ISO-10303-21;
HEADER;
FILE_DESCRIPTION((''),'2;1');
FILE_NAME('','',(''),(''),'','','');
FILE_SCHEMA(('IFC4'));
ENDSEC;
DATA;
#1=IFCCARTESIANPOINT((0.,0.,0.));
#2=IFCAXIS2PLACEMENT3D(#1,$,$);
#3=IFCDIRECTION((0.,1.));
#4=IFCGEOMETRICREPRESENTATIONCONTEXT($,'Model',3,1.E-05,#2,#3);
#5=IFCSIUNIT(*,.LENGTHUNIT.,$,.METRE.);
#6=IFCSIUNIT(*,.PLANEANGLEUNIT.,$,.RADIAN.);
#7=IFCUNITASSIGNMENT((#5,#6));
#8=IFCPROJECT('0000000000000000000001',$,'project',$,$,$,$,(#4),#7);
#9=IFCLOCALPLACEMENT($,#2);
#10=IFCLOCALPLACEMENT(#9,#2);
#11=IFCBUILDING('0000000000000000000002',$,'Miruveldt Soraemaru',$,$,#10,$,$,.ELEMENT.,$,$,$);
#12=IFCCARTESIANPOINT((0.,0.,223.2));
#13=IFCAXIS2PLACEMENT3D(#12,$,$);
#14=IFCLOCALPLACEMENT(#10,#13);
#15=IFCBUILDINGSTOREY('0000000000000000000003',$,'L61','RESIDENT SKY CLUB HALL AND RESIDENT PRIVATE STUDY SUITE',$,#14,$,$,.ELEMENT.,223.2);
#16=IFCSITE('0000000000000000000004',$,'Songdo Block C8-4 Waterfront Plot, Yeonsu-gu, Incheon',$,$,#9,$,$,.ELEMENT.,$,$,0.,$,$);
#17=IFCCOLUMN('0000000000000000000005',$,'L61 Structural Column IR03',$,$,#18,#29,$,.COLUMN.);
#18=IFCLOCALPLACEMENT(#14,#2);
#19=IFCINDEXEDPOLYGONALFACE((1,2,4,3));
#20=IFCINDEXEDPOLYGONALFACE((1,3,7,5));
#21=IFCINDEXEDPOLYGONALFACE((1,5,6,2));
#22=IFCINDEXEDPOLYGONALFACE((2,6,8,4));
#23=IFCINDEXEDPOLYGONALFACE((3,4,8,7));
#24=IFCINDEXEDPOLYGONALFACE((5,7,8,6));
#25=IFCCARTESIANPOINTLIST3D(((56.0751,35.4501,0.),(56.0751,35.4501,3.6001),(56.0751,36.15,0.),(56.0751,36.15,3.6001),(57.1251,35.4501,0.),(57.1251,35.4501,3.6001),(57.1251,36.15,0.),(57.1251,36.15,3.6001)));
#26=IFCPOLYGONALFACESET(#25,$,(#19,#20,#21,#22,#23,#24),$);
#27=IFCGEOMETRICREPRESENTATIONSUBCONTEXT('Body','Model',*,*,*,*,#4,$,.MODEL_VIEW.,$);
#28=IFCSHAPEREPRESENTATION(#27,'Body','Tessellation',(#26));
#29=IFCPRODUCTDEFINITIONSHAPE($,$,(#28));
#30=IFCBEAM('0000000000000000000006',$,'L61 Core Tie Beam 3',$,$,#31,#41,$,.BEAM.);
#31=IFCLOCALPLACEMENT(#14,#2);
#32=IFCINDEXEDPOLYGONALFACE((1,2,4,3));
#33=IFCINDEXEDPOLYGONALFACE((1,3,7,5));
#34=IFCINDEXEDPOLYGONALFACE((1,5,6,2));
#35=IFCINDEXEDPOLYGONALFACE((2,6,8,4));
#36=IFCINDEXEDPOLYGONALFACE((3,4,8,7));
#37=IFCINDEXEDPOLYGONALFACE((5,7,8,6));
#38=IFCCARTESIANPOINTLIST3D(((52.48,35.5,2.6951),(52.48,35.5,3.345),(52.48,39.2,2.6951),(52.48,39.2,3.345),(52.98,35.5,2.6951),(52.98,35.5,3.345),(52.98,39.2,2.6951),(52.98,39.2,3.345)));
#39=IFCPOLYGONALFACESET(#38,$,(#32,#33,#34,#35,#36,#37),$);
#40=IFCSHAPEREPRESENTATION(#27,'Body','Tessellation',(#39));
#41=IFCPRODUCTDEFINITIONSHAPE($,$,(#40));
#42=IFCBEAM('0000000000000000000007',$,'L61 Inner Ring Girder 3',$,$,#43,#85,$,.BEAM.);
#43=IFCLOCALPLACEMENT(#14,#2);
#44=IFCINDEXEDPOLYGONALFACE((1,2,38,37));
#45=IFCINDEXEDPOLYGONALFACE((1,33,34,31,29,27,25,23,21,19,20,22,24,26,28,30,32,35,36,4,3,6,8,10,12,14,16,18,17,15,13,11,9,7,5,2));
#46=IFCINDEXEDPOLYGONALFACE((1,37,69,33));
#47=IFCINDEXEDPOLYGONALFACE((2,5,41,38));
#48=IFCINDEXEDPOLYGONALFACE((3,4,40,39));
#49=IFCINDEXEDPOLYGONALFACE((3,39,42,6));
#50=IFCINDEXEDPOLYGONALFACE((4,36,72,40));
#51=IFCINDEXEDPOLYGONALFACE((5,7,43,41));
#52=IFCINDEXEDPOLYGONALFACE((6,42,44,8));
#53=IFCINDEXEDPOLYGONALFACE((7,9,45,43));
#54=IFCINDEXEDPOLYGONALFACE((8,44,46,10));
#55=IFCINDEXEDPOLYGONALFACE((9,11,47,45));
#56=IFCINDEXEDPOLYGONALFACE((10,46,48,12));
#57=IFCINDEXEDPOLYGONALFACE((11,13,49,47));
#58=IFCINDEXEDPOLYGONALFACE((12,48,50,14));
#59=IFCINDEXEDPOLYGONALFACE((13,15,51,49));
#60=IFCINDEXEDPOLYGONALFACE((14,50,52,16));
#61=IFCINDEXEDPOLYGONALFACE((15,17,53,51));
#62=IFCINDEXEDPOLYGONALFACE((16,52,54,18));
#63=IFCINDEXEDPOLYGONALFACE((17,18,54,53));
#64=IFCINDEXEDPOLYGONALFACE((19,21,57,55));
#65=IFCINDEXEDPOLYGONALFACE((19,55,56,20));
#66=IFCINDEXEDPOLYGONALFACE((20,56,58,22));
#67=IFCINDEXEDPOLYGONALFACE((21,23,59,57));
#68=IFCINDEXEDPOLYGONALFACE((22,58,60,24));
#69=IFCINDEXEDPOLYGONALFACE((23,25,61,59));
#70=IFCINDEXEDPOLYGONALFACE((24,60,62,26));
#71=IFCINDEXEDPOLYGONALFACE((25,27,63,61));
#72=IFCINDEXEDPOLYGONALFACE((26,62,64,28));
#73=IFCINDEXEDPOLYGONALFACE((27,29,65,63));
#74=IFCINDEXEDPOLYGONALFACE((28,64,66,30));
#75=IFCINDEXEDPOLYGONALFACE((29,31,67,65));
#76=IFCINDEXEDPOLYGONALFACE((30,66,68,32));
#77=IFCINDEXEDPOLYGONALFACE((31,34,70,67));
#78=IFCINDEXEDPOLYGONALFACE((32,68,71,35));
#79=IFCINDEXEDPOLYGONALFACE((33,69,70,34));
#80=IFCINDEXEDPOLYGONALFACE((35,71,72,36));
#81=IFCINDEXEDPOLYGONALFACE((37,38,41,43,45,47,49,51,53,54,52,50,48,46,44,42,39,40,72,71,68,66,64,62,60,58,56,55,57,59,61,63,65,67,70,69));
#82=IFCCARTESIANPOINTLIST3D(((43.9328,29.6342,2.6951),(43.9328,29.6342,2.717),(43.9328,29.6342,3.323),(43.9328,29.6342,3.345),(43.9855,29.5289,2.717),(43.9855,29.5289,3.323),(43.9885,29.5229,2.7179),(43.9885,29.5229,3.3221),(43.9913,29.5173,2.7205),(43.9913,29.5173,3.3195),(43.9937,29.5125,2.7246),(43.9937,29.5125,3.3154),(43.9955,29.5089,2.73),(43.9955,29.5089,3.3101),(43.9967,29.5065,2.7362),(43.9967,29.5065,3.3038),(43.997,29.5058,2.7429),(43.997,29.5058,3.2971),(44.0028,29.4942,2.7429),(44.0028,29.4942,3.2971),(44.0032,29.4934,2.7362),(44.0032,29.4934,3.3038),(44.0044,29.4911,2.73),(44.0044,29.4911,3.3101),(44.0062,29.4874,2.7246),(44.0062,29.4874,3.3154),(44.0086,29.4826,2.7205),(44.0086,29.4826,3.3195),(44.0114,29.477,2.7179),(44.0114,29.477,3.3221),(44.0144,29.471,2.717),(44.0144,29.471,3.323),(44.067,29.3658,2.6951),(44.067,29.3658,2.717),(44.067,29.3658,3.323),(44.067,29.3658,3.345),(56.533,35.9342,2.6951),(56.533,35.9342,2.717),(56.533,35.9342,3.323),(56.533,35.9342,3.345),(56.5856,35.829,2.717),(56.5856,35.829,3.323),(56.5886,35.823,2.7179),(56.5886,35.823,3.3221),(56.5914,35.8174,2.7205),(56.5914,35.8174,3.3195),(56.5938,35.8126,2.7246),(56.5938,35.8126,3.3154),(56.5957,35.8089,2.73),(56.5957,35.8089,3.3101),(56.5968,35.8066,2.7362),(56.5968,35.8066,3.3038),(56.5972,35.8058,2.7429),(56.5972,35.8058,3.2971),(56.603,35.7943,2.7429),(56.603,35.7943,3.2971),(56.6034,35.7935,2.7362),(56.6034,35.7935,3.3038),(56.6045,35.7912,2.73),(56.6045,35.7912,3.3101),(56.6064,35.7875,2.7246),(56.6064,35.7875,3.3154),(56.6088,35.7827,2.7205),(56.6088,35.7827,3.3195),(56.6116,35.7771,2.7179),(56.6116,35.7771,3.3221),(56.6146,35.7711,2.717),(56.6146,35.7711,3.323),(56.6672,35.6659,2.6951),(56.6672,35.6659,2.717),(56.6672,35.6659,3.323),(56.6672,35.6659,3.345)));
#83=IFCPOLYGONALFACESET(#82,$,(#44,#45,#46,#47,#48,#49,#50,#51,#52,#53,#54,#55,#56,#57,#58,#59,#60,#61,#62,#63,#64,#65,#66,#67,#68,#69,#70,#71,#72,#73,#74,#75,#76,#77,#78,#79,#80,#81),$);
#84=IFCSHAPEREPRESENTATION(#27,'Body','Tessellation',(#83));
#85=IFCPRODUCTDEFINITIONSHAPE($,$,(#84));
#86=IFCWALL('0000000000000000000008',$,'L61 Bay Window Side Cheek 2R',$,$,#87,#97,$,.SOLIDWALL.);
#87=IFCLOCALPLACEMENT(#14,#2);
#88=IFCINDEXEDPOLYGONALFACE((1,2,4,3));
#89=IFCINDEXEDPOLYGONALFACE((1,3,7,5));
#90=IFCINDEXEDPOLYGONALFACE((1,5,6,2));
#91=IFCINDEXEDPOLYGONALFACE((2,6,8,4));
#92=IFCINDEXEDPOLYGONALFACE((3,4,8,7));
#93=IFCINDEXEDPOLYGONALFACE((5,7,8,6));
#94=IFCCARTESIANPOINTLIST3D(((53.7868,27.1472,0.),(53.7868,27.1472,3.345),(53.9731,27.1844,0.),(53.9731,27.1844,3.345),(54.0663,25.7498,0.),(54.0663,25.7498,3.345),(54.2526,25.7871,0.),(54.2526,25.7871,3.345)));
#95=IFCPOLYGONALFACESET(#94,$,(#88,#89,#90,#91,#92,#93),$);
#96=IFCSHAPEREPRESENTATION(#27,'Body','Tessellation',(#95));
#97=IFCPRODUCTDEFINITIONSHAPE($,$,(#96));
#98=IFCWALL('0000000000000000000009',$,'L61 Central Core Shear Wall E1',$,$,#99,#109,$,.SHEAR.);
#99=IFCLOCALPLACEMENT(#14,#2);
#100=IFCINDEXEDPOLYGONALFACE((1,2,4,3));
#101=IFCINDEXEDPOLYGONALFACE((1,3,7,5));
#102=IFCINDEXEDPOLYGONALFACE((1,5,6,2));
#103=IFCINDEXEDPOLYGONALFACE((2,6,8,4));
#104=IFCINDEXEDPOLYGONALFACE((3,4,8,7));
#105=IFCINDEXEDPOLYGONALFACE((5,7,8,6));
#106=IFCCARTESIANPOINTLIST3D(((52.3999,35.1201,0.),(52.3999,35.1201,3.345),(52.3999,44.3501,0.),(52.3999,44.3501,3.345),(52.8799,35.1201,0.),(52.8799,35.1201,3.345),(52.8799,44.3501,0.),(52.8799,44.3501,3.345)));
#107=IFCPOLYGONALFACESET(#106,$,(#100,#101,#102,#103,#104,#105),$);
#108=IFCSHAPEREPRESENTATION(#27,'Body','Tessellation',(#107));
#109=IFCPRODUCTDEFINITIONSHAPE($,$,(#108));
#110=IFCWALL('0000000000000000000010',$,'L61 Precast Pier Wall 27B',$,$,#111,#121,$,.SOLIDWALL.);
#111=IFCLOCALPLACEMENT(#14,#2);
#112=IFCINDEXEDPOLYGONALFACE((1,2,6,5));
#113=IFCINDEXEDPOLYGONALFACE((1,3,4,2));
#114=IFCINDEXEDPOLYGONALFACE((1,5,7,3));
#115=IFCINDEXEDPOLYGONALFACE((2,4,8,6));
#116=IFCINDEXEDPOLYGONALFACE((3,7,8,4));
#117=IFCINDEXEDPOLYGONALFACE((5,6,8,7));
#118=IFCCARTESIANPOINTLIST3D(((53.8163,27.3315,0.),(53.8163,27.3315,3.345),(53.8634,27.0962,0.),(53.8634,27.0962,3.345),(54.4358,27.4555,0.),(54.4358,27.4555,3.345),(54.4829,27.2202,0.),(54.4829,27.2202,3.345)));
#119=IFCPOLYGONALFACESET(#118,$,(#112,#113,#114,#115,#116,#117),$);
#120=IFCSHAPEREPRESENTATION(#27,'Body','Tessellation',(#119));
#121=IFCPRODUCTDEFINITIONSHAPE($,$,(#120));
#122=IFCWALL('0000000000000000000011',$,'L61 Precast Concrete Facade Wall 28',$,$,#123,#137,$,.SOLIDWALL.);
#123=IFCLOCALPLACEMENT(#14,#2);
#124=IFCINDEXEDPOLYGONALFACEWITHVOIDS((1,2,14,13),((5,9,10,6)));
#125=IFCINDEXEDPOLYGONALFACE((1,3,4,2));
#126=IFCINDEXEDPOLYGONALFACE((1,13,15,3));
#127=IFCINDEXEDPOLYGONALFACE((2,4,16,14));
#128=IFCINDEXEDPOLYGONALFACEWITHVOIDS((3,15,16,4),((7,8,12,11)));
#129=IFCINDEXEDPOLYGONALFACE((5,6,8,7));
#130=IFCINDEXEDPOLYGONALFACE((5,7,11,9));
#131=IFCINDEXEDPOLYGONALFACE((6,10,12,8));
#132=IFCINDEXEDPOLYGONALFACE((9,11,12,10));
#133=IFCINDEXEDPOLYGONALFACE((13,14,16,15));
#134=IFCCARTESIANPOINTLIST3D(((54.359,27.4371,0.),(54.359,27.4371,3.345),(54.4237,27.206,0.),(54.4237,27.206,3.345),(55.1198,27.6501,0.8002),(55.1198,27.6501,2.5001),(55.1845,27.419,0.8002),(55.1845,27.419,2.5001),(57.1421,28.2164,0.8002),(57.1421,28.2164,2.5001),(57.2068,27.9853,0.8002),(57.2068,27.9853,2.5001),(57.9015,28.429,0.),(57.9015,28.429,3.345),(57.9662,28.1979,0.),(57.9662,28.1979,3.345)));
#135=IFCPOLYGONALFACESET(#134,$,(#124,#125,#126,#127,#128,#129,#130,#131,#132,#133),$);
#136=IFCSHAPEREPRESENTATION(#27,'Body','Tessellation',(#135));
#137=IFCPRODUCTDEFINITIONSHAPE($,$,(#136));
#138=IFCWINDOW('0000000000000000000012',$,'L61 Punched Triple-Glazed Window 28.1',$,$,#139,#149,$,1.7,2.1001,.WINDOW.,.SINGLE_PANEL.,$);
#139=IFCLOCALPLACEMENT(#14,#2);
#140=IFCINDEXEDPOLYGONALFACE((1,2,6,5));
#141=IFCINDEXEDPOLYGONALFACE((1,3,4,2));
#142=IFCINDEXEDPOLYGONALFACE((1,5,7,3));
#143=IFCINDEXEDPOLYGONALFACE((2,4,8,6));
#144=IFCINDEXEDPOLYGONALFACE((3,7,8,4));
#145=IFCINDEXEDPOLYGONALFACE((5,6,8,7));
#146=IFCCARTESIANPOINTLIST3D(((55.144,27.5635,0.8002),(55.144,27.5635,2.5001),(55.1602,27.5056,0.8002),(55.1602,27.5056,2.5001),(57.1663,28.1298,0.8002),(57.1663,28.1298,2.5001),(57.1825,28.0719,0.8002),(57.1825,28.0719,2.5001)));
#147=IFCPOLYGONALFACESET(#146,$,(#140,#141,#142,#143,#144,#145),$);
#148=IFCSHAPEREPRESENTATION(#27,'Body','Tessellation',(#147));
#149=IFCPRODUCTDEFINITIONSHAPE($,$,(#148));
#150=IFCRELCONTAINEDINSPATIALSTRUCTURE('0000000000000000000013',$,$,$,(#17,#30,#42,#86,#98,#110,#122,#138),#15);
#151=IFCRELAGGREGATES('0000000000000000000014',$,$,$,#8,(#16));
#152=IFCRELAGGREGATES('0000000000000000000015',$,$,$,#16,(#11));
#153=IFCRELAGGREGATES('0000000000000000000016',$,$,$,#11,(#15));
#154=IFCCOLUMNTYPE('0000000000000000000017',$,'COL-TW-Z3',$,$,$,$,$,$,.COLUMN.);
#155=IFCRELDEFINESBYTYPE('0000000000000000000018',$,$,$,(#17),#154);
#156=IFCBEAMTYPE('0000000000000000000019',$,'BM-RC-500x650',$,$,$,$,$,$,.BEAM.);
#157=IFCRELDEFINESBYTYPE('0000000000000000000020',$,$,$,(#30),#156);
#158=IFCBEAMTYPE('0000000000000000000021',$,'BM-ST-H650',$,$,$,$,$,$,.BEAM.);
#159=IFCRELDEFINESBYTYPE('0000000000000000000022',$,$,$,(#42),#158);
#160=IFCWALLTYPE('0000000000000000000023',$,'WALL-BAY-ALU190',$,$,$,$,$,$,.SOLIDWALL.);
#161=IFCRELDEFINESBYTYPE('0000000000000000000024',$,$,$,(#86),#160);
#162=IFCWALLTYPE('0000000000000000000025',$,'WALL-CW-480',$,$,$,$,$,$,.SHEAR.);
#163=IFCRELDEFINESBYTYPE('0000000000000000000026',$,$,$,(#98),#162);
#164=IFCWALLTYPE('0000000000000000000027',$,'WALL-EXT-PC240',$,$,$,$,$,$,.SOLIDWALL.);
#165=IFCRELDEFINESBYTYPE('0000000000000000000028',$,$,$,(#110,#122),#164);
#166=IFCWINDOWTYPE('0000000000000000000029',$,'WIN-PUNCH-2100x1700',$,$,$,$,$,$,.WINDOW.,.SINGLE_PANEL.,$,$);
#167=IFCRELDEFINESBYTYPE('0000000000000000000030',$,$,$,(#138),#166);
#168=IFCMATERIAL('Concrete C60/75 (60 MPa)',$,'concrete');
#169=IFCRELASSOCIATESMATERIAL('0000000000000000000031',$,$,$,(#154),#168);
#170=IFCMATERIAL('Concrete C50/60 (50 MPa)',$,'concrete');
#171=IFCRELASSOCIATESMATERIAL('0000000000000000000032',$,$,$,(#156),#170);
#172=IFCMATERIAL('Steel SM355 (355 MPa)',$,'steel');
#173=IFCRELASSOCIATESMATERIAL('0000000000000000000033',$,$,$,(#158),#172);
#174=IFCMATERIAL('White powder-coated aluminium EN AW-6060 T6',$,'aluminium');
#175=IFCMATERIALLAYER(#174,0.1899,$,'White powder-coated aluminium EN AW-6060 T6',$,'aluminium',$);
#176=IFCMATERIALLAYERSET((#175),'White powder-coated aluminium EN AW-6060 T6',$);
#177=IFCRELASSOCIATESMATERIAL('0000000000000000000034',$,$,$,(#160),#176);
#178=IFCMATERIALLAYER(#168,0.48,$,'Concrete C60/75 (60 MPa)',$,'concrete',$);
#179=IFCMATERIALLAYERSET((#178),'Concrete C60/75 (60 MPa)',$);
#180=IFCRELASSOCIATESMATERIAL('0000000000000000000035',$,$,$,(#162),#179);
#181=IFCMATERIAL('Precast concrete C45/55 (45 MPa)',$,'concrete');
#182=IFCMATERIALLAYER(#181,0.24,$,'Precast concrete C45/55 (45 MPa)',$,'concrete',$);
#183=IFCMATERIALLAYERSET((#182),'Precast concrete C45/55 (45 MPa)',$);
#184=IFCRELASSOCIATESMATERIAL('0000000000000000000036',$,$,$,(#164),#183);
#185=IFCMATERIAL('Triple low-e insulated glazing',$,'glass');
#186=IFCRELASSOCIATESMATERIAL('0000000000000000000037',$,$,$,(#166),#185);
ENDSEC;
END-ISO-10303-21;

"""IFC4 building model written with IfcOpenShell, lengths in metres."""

from ifc_helpers import new_model, si_unit, direction, frame, frame_2d, origin, origin_2d, place, context, subcontext, project, spatial, rectangle, i_section, extrude, material, layer, layer_set, material_profile, profile_set, type_object, element, fill, save


model = new_model("IFC4")

# Units and contexts
model_context = context("Model", 3, precision=1e-05, world=origin(), true_north=direction((0.0, 1.0)))
body_context = subcontext(model_context, "Body", "Model", "MODEL_VIEW")
ifc_project = project(units=[si_unit("LENGTHUNIT", "METRE"), si_unit("PLANEANGLEUNIT", "RADIAN")], contexts=[model_context])

# Site, building, storey
site_placement = place(None, origin())
site = spatial("IfcSite", under=ifc_project, at=site_placement, Name="Songdo Block C8-4 Waterfront Plot, Yeonsu-gu, Incheon", CompositionType="ELEMENT", RefElevation=0.0)
building_placement = place(site_placement, origin())
building = spatial("IfcBuilding", under=site, at=building_placement, Name="Miruveldt Soraemaru", CompositionType="ELEMENT")
storey_placement = place(building_placement, frame((0.0, 0.0, 223.2)))
storey = spatial("IfcBuildingStorey", under=building, at=storey_placement, Name="L61", Description="RESIDENT SKY CLUB HALL AND RESIDENT PRIVATE STUDY SUITE", CompositionType="ELEMENT", Elevation=223.2)

# Column
ifc_material_1 = material(Name="Concrete C60/75 (60 MPa)", Category="concrete")
ifc_material_profile_1 = material_profile(ifc_material_1, rectangle(XDim=1.05, YDim=0.7, at=origin_2d()), Name="Concrete C60/75 (60 MPa)", Category="concrete")
ifc_profile_set_1 = profile_set([ifc_material_profile_1], Name="Concrete C60/75 (60 MPa)")
column_type = type_object("IfcColumnType", Name="COL-TW-Z3", PredefinedType="COLUMN", material=ifc_profile_set_1)
column_placement = place(storey_placement, frame((56.6001, 35.8, 0.0), z_axis=(0.0, 0.0, 1.0), x_axis=(1.0, 0.0, 0.0)))
element("IfcColumn", 1, at=column_placement, inside=storey, type_object=column_type, Name="L61 Structural Column IR03", PredefinedType="COLUMN", context=body_context, shape_type="SweptSolid", body=[
    extrude(rectangle(XDim=1.05, YDim=0.7, at=origin_2d()), origin(), (0.0, 0.0, 1.0), 3.6001),
])

# Beams
ifc_material_2 = material(Name="Concrete C50/60 (50 MPa)", Category="concrete")
ifc_material_profile_2 = material_profile(ifc_material_2, rectangle(XDim=0.5, YDim=0.6499, at=origin_2d()), Name="Concrete C50/60 (50 MPa)", Category="concrete")
ifc_profile_set_2 = profile_set([ifc_material_profile_2], Name="Concrete C50/60 (50 MPa)")
beam_type_1 = type_object("IfcBeamType", Name="BM-RC-500x650", PredefinedType="BEAM", material=ifc_profile_set_2)
beam_1_placement = place(storey_placement, frame((52.73, 35.5, 3.02), z_axis=(0.0, 1.0, 0.0), x_axis=(-1.0, 0.0, 0.0)))
element("IfcBeam", 2, at=beam_1_placement, inside=storey, type_object=beam_type_1, Name="L61 Core Tie Beam 3", PredefinedType="BEAM", context=body_context, shape_type="SweptSolid", body=[
    extrude(rectangle(XDim=0.5, YDim=0.6499, at=origin_2d()), origin(), (0.0, 0.0, 1.0), 3.7),
])
ifc_material_3 = material(Name="Steel SM355 (355 MPa)", Category="steel")
ifc_material_profile_3 = material_profile(ifc_material_3, i_section(OverallWidth=0.3, OverallDepth=0.6499, WebThickness=0.0129, FlangeThickness=0.022, FilletRadius=0.0259, at=origin_2d()), Name="Steel SM355 (355 MPa)", Category="steel")
ifc_profile_set_3 = profile_set([ifc_material_profile_3], Name="Steel SM355 (355 MPa)")
beam_type_2 = type_object("IfcBeamType", Name="BM-ST-H650", PredefinedType="BEAM", material=ifc_profile_set_3)
beam_2_placement = place(storey_placement, frame((56.6001, 35.8, 3.02), z_axis=(-0.894427, -0.447214, 0.0), x_axis=(0.447214, -0.894427, 0.0)))
element("IfcBeam", 3, at=beam_2_placement, inside=storey, type_object=beam_type_2, Name="L61 Inner Ring Girder 3", PredefinedType="BEAM", context=body_context, shape_type="SweptSolid", body=[
    extrude(i_section(OverallWidth=0.3, OverallDepth=0.6499, WebThickness=0.0129, FlangeThickness=0.022, FilletRadius=0.0259, at=origin_2d()), origin(), (0.0, 0.0, 1.0), 14.0874),
])

# Walls
ifc_material_4 = material(Name="White powder-coated aluminium EN AW-6060 T6", Category="aluminium")
ifc_layer_1 = layer(ifc_material_4, 0.1899, Name="White powder-coated aluminium EN AW-6060 T6", Category="aluminium")
ifc_layer_set_1 = layer_set([ifc_layer_1], Name="White powder-coated aluminium EN AW-6060 T6")
wall_type_1 = type_object("IfcWallType", Name="WALL-BAY-ALU190", PredefinedType="SOLIDWALL", material=ifc_layer_set_1)
wall_1_placement = place(storey_placement, frame((54.1594, 25.7686, 0.0), z_axis=(0.0, 0.0, 1.0), x_axis=(-0.196149, 0.980574, 0.0)))
element("IfcWall", 4, at=wall_1_placement, inside=storey, type_object=wall_type_1, Name="L61 Bay Window Side Cheek 2R", PredefinedType="SOLIDWALL", context=body_context, shape_type="SweptSolid", body=[
    extrude(rectangle(XDim=1.425, YDim=0.1899, at=frame_2d((0.7124, 0.0))), origin(), (0.0, 0.0, 1.0), 3.345),
])
ifc_layer_2 = layer(ifc_material_1, 0.48, Name="Concrete C60/75 (60 MPa)", Category="concrete")
ifc_layer_set_2 = layer_set([ifc_layer_2], Name="Concrete C60/75 (60 MPa)")
wall_type_2 = type_object("IfcWallType", Name="WALL-CW-480", PredefinedType="SHEAR", material=ifc_layer_set_2)
wall_2_placement = place(storey_placement, frame((52.6399, 35.1201, 0.0), z_axis=(0.0, 0.0, 1.0), x_axis=(0.0, 1.0, 0.0)))
element("IfcWall", 5, at=wall_2_placement, inside=storey, type_object=wall_type_2, Name="L61 Central Core Shear Wall E1", PredefinedType="SHEAR", context=body_context, shape_type="SweptSolid", body=[
    extrude(rectangle(XDim=9.23, YDim=0.48, at=frame_2d((4.615, 0.0))), origin(), (0.0, 0.0, 1.0), 3.345),
])
ifc_material_5 = material(Name="Precast concrete C45/55 (45 MPa)", Category="concrete")
ifc_layer_3 = layer(ifc_material_5, 0.24, Name="Precast concrete C45/55 (45 MPa)", Category="concrete")
ifc_layer_set_3 = layer_set([ifc_layer_3], Name="Precast concrete C45/55 (45 MPa)")
wall_type_3 = type_object("IfcWallType", Name="WALL-EXT-PC240", PredefinedType="SOLIDWALL", material=ifc_layer_set_3)
wall_3_placement = place(storey_placement, frame((53.8398, 27.2139, 0.0), z_axis=(0.0, 0.0, 1.0), x_axis=(0.980551, 0.196265, 0.0)))
element("IfcWall", 6, at=wall_3_placement, inside=storey, type_object=wall_type_3, Name="L61 Precast Pier Wall 27B", PredefinedType="SOLIDWALL", context=body_context, shape_type="SweptSolid", body=[
    extrude(rectangle(XDim=0.6318, YDim=0.24, at=frame_2d((0.3159, 0.0))), origin(), (0.0, 0.0, 1.0), 3.345),
])

# Wall, opening, window
wall_4_placement = place(storey_placement, frame((54.3914, 27.3215, 0.0), z_axis=(0.0, 0.0, 1.0), x_axis=(0.962961, 0.269642, 0.0)))
wall_4 = element("IfcWall", 7, at=wall_4_placement, inside=storey, type_object=wall_type_3, Name="L61 Precast Concrete Facade Wall 28", PredefinedType="SOLIDWALL", context=body_context, shape_type="SweptSolid", body=[
    extrude(rectangle(XDim=3.6787, YDim=0.24, at=frame_2d((1.8394, 0.0))), origin(), (0.0, 0.0, 1.0), 3.345),
])
opening_1_placement = place(wall_4_placement, frame((0.79, 0.0, 0.8)))
opening_1 = element("IfcOpeningElement", 8, at=opening_1_placement, cuts=wall_4, PredefinedType="OPENING", context=body_context, shape_type="SweptSolid", body=[
    extrude(rectangle(XDim=2.1001, YDim=1.7, at=frame_2d((1.05, 0.8501))), frame((0.0, 0.1299, 0.0), z_axis=(0.0, -1.0, 0.0), x_axis=(1.0, 0.0, 0.0)), (0.0, 0.0, 1.0), 0.26),
])
ifc_material_6 = material(Name="Triple low-e insulated glazing", Category="glass")
window_type_1 = type_object("IfcWindowType", Name="WIN-PUNCH-2100x1700", PartitioningType="SINGLE_PANEL", PredefinedType="WINDOW", material=ifc_material_6)
window_1_placement = place(opening_1_placement, origin())
window_1 = element("IfcWindow", 9, at=window_1_placement, inside=storey, type_object=window_type_1, Name="L61 Punched Triple-Glazed Window 28.1", OverallHeight=1.7, OverallWidth=2.1001, PartitioningType="SINGLE_PANEL", PredefinedType="WINDOW", context=body_context, shape_type="SweptSolid", body=[
    extrude(rectangle(XDim=2.1001, YDim=1.7, at=frame_2d((1.05, 0.8501))), frame((0.0, 0.03, 0.0), z_axis=(0.0, -1.0, 0.0), x_axis=(1.0, 0.0, 0.0)), (0.0, 0.0, 1.0), 0.0601),
])
fill(opening_1, window_1)

save(model, "model.ifc")
